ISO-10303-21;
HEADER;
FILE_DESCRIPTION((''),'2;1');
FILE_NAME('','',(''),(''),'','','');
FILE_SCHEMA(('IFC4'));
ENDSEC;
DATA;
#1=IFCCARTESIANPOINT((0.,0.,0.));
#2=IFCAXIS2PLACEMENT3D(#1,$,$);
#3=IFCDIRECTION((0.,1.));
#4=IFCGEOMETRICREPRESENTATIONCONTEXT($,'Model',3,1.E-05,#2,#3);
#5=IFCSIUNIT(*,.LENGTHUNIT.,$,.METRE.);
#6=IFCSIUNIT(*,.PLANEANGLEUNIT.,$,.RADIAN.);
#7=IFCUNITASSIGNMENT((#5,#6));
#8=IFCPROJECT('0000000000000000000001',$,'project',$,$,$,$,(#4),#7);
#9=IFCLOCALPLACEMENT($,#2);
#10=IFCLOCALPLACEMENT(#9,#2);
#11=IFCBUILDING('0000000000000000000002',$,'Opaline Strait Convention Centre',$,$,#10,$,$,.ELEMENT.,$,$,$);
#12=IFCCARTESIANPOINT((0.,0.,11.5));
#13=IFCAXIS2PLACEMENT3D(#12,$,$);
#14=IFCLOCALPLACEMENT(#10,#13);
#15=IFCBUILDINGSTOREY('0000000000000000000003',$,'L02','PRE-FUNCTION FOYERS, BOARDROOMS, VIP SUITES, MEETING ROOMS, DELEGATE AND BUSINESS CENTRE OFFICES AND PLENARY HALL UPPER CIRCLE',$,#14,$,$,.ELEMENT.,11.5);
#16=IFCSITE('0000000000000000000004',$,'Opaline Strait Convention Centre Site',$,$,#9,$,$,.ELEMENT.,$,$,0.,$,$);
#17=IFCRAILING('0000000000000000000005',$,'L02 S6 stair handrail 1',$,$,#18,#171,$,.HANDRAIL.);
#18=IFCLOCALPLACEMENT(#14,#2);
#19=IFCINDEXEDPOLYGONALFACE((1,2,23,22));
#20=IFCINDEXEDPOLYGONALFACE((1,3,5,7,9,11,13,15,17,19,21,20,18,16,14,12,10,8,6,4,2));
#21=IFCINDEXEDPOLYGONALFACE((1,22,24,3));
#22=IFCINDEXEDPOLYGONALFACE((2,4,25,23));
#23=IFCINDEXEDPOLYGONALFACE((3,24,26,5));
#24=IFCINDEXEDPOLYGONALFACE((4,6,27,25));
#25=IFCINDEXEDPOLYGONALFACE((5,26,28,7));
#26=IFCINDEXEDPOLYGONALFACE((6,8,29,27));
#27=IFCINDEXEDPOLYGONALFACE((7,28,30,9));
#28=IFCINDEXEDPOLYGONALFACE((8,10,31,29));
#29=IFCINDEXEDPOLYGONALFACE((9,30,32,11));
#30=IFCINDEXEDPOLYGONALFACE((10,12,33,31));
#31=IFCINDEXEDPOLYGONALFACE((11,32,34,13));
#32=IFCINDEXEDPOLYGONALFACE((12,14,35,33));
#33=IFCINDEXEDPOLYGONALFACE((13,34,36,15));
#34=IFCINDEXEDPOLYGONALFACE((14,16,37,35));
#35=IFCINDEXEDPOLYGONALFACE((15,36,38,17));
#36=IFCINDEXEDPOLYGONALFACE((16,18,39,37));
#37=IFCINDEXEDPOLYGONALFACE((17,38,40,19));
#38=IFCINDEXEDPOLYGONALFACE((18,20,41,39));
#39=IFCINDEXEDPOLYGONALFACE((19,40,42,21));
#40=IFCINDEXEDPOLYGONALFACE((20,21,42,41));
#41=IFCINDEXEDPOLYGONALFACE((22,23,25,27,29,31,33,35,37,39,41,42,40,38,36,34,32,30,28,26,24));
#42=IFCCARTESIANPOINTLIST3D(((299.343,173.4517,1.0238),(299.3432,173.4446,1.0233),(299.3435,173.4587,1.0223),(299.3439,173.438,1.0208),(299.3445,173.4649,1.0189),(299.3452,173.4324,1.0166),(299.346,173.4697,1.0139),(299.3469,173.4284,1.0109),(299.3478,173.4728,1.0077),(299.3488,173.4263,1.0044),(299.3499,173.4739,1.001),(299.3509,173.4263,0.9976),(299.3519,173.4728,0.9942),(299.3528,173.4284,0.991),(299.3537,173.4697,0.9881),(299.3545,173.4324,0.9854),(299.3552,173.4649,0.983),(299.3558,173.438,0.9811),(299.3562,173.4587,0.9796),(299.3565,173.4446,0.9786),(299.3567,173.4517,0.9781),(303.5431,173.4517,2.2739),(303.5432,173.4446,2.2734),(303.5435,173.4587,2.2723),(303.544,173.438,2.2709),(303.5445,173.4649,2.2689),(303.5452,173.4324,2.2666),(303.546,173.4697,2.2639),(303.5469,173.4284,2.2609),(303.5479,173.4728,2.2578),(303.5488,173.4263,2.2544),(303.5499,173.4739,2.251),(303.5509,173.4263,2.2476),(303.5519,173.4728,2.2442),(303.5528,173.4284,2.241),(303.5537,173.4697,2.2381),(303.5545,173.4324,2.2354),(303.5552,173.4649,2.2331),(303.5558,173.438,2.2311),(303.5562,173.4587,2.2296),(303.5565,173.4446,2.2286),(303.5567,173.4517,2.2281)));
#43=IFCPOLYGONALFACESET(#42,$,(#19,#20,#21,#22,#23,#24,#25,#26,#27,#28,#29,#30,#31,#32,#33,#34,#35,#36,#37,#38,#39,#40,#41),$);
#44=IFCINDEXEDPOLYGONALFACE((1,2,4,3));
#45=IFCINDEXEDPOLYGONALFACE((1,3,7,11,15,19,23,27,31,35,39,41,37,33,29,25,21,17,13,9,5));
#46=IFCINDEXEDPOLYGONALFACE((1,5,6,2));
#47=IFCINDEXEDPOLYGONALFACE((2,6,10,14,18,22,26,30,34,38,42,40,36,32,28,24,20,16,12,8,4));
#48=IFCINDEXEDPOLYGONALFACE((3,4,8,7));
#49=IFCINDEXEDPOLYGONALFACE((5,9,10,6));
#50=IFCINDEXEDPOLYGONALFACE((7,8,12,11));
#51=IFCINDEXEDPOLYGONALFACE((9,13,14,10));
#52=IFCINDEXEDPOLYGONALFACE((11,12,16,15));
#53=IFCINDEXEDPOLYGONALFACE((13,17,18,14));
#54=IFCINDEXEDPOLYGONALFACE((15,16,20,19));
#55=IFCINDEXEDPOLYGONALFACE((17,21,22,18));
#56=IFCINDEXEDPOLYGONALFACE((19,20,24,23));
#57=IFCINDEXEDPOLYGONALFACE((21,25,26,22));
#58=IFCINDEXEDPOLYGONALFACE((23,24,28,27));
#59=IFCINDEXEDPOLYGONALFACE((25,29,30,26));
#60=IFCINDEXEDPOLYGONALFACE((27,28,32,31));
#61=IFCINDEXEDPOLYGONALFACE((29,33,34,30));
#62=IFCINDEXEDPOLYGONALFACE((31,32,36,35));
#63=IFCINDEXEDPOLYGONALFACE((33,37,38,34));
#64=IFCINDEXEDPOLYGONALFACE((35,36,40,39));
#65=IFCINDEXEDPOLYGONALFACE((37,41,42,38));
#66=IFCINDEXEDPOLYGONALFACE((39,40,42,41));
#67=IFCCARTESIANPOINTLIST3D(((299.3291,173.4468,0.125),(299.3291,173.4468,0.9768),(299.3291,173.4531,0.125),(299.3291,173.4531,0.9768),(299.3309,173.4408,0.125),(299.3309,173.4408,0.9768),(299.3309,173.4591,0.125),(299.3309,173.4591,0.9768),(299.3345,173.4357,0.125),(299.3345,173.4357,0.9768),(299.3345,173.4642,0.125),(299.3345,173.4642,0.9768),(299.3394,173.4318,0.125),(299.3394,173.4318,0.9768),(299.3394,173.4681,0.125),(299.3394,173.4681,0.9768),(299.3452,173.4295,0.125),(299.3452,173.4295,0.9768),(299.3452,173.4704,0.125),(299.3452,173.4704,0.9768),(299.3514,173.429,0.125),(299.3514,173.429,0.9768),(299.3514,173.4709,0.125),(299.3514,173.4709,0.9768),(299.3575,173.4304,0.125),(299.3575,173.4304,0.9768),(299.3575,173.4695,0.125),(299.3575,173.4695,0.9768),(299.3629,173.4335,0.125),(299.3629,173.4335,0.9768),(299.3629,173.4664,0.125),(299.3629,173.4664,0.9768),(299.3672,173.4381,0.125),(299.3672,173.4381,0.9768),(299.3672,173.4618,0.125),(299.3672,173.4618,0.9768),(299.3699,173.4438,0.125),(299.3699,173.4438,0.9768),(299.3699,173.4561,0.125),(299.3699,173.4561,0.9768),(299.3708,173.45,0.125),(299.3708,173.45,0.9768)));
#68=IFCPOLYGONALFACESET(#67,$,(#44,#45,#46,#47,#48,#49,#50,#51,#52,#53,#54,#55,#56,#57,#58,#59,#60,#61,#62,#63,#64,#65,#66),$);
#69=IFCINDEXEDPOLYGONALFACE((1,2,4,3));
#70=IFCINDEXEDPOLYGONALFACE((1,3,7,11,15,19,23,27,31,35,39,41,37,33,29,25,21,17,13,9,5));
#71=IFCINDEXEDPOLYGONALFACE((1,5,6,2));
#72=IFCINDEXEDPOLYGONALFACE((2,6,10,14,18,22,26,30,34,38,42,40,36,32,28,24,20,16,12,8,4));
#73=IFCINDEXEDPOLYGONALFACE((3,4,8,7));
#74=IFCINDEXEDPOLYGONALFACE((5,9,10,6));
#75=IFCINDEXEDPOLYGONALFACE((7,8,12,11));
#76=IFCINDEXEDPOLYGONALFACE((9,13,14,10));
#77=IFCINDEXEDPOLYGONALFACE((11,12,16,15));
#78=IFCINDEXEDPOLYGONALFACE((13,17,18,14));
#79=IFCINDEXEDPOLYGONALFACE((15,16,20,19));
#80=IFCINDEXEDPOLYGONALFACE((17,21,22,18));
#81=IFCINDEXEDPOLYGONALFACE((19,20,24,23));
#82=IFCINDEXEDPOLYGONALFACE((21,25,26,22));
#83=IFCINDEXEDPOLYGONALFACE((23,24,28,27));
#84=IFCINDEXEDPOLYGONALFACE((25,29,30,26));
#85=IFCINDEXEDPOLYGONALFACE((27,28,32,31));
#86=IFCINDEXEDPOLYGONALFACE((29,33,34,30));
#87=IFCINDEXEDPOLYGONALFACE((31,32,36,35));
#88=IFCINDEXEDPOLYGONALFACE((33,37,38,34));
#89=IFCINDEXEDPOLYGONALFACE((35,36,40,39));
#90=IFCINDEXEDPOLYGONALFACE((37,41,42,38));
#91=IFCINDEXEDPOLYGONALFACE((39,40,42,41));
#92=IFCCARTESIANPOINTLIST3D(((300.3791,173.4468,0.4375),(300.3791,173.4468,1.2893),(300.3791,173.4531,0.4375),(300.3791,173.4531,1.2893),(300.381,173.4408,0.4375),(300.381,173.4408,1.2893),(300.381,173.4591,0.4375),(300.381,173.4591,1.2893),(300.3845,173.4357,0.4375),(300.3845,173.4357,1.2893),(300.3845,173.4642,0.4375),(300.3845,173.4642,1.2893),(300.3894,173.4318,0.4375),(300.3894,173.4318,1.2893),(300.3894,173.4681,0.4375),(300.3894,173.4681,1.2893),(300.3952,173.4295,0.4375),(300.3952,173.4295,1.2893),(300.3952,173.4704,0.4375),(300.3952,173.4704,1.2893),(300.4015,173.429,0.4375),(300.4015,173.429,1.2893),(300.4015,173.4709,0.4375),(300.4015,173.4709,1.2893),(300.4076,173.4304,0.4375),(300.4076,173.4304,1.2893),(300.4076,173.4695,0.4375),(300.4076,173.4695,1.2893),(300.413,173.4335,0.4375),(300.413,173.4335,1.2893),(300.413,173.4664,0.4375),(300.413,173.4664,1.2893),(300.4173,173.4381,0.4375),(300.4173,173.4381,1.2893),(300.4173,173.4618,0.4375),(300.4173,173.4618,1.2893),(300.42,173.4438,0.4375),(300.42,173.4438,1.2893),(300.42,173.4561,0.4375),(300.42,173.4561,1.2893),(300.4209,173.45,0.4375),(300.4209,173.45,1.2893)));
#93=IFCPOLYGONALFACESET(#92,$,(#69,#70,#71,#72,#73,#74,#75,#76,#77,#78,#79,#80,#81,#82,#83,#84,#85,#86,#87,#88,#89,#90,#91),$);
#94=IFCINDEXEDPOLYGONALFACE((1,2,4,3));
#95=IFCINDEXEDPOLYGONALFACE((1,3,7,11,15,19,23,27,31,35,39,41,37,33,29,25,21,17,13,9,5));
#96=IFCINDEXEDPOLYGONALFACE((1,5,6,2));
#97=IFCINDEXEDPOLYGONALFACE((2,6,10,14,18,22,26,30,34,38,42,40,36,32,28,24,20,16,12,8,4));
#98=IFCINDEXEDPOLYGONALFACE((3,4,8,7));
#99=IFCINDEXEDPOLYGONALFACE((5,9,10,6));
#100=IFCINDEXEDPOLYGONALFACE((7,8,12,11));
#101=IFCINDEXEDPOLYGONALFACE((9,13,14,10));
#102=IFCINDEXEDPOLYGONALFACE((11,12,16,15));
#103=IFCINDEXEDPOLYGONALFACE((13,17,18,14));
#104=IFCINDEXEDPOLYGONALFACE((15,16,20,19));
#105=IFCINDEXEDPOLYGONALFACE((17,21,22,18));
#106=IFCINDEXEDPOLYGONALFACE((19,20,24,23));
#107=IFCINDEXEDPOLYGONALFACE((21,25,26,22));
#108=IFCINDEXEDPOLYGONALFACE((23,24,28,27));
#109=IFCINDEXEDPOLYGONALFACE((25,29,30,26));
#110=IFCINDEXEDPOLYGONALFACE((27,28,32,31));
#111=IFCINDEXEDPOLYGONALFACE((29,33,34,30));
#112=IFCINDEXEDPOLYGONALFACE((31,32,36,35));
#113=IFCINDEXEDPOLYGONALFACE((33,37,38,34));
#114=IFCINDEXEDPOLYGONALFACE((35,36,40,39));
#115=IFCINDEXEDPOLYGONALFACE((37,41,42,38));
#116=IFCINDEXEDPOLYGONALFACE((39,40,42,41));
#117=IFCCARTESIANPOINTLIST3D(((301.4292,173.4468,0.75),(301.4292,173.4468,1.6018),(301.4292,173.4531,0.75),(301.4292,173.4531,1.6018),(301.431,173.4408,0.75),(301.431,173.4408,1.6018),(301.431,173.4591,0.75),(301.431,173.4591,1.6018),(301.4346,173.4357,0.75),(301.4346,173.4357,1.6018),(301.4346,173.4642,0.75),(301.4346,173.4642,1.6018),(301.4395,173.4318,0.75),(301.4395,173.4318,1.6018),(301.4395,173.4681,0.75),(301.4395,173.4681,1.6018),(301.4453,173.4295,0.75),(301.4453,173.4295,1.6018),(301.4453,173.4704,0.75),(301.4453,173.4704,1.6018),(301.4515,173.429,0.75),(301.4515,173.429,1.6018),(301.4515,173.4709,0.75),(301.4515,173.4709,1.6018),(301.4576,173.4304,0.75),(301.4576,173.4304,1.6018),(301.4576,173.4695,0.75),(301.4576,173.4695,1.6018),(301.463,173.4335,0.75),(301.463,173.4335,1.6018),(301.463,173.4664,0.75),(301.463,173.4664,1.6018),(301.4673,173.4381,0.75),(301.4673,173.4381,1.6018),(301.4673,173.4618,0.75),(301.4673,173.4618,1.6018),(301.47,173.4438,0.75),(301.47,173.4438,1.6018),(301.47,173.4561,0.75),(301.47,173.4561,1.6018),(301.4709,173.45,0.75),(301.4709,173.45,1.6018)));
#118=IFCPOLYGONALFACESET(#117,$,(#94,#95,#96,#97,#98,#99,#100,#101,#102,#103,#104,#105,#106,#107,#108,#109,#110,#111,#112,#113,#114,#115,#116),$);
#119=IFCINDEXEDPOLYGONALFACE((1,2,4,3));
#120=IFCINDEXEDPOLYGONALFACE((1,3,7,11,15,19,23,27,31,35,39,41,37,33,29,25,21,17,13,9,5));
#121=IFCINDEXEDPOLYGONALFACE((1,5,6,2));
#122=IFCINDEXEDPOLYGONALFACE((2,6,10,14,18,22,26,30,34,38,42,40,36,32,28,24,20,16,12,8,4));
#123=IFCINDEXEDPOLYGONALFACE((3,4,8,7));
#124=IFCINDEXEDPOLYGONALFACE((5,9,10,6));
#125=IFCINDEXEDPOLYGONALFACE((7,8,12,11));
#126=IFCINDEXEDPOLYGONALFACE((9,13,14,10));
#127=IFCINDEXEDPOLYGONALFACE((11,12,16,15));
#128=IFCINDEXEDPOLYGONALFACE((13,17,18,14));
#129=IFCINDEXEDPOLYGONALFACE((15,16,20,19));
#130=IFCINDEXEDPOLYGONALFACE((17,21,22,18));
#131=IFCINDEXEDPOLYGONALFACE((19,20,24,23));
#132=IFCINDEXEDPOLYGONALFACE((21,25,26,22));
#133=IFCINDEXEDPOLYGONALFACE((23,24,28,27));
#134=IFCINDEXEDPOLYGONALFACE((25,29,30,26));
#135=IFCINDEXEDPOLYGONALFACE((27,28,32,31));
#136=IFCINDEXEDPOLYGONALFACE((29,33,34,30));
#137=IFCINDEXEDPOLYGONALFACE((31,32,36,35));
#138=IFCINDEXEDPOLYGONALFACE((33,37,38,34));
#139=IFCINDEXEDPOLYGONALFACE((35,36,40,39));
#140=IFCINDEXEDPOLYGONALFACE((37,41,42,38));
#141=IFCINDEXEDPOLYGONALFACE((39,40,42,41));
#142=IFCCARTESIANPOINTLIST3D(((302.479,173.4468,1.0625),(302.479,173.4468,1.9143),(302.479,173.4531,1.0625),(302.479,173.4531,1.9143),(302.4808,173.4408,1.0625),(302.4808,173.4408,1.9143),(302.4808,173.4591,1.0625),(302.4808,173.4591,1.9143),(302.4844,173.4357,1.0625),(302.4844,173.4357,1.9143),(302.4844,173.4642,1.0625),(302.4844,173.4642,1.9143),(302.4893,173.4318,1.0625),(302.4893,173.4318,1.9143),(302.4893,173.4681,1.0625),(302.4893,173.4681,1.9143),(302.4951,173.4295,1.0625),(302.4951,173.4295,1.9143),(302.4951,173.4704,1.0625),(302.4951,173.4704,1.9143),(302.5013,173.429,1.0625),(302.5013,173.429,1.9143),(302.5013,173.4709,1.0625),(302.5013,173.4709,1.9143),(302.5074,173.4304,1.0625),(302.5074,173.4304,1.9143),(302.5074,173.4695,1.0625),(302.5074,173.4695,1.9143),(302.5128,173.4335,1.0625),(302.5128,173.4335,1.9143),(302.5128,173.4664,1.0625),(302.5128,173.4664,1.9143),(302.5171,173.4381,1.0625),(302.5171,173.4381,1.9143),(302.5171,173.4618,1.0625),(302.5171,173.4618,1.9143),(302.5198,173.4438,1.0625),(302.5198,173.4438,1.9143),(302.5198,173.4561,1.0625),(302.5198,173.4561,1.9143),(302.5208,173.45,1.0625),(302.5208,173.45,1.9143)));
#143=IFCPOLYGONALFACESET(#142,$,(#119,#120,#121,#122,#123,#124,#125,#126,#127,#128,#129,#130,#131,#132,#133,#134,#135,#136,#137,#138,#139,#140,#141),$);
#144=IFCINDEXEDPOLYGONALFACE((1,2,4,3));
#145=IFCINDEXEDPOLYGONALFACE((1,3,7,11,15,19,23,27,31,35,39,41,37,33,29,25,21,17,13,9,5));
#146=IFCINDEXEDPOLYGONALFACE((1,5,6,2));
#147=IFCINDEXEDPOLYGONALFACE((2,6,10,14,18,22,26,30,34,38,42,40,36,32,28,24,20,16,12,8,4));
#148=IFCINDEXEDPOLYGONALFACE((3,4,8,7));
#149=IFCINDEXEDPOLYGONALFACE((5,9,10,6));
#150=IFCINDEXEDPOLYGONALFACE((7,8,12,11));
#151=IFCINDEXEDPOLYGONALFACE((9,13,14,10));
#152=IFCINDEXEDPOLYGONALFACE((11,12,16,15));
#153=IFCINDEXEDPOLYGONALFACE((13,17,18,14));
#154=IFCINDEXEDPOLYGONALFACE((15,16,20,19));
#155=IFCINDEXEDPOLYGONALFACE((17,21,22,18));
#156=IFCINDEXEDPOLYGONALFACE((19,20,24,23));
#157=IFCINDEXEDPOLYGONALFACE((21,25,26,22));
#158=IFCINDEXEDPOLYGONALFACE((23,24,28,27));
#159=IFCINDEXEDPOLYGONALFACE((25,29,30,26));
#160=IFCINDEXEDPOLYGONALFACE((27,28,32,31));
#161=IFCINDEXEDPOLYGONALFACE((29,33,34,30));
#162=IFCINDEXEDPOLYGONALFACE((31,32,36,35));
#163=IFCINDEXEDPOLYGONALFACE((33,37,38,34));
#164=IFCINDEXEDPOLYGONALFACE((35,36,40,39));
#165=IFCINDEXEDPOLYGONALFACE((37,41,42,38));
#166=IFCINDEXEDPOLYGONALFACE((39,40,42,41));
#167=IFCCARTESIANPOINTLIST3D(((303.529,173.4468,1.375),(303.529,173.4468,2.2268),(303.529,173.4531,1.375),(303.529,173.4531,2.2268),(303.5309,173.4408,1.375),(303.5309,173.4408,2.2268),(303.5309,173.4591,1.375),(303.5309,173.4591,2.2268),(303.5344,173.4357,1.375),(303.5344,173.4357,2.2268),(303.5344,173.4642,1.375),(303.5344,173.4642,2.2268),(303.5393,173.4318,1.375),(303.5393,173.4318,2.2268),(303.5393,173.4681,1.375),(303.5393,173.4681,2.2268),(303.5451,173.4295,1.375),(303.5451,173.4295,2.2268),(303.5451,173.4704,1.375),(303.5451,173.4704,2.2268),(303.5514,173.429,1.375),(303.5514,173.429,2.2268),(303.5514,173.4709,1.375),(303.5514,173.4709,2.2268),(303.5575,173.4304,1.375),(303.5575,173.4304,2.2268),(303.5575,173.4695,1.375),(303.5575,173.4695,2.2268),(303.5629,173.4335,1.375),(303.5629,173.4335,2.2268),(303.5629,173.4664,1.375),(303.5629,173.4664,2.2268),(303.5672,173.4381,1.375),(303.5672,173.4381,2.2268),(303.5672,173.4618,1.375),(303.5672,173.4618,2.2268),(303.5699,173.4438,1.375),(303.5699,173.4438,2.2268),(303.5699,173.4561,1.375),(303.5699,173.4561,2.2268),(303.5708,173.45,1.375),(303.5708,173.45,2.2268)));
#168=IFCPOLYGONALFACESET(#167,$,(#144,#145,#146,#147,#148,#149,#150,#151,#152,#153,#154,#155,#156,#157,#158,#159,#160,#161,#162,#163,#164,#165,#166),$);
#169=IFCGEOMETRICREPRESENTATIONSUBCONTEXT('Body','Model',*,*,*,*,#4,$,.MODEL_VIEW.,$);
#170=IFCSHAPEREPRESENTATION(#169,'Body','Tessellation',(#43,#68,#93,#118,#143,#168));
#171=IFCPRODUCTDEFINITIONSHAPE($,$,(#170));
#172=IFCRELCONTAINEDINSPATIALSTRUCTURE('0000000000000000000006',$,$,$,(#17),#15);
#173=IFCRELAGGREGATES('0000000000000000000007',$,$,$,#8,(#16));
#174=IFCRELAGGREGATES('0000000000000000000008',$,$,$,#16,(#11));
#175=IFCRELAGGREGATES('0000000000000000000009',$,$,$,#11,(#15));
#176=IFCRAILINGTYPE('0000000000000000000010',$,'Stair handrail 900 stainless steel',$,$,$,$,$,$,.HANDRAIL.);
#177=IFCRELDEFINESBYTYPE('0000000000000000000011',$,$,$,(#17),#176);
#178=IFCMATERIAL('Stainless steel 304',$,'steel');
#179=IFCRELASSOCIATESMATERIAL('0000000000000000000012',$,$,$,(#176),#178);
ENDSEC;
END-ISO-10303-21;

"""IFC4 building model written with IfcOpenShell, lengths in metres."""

from ifc_helpers import new_model, si_unit, direction, frame, origin, origin_2d, place, context, subcontext, project, spatial, circle, extrude, material, type_object, element, save


model = new_model("IFC4")

# Units and contexts
model_context = context("Model", 3, precision=1e-05, world=origin(), true_north=direction((0.0, 1.0)))
body_context = subcontext(model_context, "Body", "Model", "MODEL_VIEW")
ifc_project = project(units=[si_unit("LENGTHUNIT", "METRE"), si_unit("PLANEANGLEUNIT", "RADIAN")], contexts=[model_context])

# Site, building, storey
site_placement = place(None, origin())
site = spatial("IfcSite", under=ifc_project, at=site_placement, Name="Opaline Strait Convention Centre Site", CompositionType="ELEMENT", RefElevation=0.0)
building_placement = place(site_placement, origin())
building = spatial("IfcBuilding", under=site, at=building_placement, Name="Opaline Strait Convention Centre", CompositionType="ELEMENT")
storey_placement = place(building_placement, frame((0.0, 0.0, 11.5)))
storey = spatial("IfcBuildingStorey", under=building, at=storey_placement, Name="L02", Description="PRE-FUNCTION FOYERS, BOARDROOMS, VIP SUITES, MEETING ROOMS, DELEGATE AND BUSINESS CENTRE OFFICES AND PLENARY HALL UPPER CIRCLE", CompositionType="ELEMENT", Elevation=11.5)

# Shared definitions
ifc_material_1 = material(Name="Stainless steel 304", Category="steel")

# Railing
railing_type_1 = type_object("IfcRailingType", Name="Stair handrail 900 stainless steel", PredefinedType="HANDRAIL", material=ifc_material_1)
for number, where, name in (
    (1, (299.3499, 173.45, 0.125), "L02 S6 stair handrail 1"),
):
    element("IfcRailing", number, at=place(storey_placement, frame(where)), inside=storey, type_object=railing_type_1, Name=name, PredefinedType="HANDRAIL", context=body_context, shape_type="SweptSolid", body=[
        extrude(circle(Radius=0.0239, at=origin_2d()), frame((0.0, 0.0, 0.876), z_axis=(0.958451, 0.0, 0.285257), x_axis=(0.0, 1.0, 0.0)), (0.0, 0.0, 1.0), 4.3821),
        extrude(circle(Radius=0.021, at=origin_2d()), origin(), (0.0, 0.0, 1.0), 0.8518),
        extrude(circle(Radius=0.021, at=origin_2d()), frame((1.05, 0.0, 0.3125)), (0.0, 0.0, 1.0), 0.8518),
        extrude(circle(Radius=0.021, at=origin_2d()), frame((2.1001, 0.0, 0.625)), (0.0, 0.0, 1.0), 0.8518),
        extrude(circle(Radius=0.021, at=origin_2d()), frame((3.1499, 0.0, 0.9375)), (0.0, 0.0, 1.0), 0.8518),
        extrude(circle(Radius=0.021, at=origin_2d()), frame((4.2, 0.0, 1.25)), (0.0, 0.0, 1.0), 0.8518),
    ])

save(model, "model.ifc")
